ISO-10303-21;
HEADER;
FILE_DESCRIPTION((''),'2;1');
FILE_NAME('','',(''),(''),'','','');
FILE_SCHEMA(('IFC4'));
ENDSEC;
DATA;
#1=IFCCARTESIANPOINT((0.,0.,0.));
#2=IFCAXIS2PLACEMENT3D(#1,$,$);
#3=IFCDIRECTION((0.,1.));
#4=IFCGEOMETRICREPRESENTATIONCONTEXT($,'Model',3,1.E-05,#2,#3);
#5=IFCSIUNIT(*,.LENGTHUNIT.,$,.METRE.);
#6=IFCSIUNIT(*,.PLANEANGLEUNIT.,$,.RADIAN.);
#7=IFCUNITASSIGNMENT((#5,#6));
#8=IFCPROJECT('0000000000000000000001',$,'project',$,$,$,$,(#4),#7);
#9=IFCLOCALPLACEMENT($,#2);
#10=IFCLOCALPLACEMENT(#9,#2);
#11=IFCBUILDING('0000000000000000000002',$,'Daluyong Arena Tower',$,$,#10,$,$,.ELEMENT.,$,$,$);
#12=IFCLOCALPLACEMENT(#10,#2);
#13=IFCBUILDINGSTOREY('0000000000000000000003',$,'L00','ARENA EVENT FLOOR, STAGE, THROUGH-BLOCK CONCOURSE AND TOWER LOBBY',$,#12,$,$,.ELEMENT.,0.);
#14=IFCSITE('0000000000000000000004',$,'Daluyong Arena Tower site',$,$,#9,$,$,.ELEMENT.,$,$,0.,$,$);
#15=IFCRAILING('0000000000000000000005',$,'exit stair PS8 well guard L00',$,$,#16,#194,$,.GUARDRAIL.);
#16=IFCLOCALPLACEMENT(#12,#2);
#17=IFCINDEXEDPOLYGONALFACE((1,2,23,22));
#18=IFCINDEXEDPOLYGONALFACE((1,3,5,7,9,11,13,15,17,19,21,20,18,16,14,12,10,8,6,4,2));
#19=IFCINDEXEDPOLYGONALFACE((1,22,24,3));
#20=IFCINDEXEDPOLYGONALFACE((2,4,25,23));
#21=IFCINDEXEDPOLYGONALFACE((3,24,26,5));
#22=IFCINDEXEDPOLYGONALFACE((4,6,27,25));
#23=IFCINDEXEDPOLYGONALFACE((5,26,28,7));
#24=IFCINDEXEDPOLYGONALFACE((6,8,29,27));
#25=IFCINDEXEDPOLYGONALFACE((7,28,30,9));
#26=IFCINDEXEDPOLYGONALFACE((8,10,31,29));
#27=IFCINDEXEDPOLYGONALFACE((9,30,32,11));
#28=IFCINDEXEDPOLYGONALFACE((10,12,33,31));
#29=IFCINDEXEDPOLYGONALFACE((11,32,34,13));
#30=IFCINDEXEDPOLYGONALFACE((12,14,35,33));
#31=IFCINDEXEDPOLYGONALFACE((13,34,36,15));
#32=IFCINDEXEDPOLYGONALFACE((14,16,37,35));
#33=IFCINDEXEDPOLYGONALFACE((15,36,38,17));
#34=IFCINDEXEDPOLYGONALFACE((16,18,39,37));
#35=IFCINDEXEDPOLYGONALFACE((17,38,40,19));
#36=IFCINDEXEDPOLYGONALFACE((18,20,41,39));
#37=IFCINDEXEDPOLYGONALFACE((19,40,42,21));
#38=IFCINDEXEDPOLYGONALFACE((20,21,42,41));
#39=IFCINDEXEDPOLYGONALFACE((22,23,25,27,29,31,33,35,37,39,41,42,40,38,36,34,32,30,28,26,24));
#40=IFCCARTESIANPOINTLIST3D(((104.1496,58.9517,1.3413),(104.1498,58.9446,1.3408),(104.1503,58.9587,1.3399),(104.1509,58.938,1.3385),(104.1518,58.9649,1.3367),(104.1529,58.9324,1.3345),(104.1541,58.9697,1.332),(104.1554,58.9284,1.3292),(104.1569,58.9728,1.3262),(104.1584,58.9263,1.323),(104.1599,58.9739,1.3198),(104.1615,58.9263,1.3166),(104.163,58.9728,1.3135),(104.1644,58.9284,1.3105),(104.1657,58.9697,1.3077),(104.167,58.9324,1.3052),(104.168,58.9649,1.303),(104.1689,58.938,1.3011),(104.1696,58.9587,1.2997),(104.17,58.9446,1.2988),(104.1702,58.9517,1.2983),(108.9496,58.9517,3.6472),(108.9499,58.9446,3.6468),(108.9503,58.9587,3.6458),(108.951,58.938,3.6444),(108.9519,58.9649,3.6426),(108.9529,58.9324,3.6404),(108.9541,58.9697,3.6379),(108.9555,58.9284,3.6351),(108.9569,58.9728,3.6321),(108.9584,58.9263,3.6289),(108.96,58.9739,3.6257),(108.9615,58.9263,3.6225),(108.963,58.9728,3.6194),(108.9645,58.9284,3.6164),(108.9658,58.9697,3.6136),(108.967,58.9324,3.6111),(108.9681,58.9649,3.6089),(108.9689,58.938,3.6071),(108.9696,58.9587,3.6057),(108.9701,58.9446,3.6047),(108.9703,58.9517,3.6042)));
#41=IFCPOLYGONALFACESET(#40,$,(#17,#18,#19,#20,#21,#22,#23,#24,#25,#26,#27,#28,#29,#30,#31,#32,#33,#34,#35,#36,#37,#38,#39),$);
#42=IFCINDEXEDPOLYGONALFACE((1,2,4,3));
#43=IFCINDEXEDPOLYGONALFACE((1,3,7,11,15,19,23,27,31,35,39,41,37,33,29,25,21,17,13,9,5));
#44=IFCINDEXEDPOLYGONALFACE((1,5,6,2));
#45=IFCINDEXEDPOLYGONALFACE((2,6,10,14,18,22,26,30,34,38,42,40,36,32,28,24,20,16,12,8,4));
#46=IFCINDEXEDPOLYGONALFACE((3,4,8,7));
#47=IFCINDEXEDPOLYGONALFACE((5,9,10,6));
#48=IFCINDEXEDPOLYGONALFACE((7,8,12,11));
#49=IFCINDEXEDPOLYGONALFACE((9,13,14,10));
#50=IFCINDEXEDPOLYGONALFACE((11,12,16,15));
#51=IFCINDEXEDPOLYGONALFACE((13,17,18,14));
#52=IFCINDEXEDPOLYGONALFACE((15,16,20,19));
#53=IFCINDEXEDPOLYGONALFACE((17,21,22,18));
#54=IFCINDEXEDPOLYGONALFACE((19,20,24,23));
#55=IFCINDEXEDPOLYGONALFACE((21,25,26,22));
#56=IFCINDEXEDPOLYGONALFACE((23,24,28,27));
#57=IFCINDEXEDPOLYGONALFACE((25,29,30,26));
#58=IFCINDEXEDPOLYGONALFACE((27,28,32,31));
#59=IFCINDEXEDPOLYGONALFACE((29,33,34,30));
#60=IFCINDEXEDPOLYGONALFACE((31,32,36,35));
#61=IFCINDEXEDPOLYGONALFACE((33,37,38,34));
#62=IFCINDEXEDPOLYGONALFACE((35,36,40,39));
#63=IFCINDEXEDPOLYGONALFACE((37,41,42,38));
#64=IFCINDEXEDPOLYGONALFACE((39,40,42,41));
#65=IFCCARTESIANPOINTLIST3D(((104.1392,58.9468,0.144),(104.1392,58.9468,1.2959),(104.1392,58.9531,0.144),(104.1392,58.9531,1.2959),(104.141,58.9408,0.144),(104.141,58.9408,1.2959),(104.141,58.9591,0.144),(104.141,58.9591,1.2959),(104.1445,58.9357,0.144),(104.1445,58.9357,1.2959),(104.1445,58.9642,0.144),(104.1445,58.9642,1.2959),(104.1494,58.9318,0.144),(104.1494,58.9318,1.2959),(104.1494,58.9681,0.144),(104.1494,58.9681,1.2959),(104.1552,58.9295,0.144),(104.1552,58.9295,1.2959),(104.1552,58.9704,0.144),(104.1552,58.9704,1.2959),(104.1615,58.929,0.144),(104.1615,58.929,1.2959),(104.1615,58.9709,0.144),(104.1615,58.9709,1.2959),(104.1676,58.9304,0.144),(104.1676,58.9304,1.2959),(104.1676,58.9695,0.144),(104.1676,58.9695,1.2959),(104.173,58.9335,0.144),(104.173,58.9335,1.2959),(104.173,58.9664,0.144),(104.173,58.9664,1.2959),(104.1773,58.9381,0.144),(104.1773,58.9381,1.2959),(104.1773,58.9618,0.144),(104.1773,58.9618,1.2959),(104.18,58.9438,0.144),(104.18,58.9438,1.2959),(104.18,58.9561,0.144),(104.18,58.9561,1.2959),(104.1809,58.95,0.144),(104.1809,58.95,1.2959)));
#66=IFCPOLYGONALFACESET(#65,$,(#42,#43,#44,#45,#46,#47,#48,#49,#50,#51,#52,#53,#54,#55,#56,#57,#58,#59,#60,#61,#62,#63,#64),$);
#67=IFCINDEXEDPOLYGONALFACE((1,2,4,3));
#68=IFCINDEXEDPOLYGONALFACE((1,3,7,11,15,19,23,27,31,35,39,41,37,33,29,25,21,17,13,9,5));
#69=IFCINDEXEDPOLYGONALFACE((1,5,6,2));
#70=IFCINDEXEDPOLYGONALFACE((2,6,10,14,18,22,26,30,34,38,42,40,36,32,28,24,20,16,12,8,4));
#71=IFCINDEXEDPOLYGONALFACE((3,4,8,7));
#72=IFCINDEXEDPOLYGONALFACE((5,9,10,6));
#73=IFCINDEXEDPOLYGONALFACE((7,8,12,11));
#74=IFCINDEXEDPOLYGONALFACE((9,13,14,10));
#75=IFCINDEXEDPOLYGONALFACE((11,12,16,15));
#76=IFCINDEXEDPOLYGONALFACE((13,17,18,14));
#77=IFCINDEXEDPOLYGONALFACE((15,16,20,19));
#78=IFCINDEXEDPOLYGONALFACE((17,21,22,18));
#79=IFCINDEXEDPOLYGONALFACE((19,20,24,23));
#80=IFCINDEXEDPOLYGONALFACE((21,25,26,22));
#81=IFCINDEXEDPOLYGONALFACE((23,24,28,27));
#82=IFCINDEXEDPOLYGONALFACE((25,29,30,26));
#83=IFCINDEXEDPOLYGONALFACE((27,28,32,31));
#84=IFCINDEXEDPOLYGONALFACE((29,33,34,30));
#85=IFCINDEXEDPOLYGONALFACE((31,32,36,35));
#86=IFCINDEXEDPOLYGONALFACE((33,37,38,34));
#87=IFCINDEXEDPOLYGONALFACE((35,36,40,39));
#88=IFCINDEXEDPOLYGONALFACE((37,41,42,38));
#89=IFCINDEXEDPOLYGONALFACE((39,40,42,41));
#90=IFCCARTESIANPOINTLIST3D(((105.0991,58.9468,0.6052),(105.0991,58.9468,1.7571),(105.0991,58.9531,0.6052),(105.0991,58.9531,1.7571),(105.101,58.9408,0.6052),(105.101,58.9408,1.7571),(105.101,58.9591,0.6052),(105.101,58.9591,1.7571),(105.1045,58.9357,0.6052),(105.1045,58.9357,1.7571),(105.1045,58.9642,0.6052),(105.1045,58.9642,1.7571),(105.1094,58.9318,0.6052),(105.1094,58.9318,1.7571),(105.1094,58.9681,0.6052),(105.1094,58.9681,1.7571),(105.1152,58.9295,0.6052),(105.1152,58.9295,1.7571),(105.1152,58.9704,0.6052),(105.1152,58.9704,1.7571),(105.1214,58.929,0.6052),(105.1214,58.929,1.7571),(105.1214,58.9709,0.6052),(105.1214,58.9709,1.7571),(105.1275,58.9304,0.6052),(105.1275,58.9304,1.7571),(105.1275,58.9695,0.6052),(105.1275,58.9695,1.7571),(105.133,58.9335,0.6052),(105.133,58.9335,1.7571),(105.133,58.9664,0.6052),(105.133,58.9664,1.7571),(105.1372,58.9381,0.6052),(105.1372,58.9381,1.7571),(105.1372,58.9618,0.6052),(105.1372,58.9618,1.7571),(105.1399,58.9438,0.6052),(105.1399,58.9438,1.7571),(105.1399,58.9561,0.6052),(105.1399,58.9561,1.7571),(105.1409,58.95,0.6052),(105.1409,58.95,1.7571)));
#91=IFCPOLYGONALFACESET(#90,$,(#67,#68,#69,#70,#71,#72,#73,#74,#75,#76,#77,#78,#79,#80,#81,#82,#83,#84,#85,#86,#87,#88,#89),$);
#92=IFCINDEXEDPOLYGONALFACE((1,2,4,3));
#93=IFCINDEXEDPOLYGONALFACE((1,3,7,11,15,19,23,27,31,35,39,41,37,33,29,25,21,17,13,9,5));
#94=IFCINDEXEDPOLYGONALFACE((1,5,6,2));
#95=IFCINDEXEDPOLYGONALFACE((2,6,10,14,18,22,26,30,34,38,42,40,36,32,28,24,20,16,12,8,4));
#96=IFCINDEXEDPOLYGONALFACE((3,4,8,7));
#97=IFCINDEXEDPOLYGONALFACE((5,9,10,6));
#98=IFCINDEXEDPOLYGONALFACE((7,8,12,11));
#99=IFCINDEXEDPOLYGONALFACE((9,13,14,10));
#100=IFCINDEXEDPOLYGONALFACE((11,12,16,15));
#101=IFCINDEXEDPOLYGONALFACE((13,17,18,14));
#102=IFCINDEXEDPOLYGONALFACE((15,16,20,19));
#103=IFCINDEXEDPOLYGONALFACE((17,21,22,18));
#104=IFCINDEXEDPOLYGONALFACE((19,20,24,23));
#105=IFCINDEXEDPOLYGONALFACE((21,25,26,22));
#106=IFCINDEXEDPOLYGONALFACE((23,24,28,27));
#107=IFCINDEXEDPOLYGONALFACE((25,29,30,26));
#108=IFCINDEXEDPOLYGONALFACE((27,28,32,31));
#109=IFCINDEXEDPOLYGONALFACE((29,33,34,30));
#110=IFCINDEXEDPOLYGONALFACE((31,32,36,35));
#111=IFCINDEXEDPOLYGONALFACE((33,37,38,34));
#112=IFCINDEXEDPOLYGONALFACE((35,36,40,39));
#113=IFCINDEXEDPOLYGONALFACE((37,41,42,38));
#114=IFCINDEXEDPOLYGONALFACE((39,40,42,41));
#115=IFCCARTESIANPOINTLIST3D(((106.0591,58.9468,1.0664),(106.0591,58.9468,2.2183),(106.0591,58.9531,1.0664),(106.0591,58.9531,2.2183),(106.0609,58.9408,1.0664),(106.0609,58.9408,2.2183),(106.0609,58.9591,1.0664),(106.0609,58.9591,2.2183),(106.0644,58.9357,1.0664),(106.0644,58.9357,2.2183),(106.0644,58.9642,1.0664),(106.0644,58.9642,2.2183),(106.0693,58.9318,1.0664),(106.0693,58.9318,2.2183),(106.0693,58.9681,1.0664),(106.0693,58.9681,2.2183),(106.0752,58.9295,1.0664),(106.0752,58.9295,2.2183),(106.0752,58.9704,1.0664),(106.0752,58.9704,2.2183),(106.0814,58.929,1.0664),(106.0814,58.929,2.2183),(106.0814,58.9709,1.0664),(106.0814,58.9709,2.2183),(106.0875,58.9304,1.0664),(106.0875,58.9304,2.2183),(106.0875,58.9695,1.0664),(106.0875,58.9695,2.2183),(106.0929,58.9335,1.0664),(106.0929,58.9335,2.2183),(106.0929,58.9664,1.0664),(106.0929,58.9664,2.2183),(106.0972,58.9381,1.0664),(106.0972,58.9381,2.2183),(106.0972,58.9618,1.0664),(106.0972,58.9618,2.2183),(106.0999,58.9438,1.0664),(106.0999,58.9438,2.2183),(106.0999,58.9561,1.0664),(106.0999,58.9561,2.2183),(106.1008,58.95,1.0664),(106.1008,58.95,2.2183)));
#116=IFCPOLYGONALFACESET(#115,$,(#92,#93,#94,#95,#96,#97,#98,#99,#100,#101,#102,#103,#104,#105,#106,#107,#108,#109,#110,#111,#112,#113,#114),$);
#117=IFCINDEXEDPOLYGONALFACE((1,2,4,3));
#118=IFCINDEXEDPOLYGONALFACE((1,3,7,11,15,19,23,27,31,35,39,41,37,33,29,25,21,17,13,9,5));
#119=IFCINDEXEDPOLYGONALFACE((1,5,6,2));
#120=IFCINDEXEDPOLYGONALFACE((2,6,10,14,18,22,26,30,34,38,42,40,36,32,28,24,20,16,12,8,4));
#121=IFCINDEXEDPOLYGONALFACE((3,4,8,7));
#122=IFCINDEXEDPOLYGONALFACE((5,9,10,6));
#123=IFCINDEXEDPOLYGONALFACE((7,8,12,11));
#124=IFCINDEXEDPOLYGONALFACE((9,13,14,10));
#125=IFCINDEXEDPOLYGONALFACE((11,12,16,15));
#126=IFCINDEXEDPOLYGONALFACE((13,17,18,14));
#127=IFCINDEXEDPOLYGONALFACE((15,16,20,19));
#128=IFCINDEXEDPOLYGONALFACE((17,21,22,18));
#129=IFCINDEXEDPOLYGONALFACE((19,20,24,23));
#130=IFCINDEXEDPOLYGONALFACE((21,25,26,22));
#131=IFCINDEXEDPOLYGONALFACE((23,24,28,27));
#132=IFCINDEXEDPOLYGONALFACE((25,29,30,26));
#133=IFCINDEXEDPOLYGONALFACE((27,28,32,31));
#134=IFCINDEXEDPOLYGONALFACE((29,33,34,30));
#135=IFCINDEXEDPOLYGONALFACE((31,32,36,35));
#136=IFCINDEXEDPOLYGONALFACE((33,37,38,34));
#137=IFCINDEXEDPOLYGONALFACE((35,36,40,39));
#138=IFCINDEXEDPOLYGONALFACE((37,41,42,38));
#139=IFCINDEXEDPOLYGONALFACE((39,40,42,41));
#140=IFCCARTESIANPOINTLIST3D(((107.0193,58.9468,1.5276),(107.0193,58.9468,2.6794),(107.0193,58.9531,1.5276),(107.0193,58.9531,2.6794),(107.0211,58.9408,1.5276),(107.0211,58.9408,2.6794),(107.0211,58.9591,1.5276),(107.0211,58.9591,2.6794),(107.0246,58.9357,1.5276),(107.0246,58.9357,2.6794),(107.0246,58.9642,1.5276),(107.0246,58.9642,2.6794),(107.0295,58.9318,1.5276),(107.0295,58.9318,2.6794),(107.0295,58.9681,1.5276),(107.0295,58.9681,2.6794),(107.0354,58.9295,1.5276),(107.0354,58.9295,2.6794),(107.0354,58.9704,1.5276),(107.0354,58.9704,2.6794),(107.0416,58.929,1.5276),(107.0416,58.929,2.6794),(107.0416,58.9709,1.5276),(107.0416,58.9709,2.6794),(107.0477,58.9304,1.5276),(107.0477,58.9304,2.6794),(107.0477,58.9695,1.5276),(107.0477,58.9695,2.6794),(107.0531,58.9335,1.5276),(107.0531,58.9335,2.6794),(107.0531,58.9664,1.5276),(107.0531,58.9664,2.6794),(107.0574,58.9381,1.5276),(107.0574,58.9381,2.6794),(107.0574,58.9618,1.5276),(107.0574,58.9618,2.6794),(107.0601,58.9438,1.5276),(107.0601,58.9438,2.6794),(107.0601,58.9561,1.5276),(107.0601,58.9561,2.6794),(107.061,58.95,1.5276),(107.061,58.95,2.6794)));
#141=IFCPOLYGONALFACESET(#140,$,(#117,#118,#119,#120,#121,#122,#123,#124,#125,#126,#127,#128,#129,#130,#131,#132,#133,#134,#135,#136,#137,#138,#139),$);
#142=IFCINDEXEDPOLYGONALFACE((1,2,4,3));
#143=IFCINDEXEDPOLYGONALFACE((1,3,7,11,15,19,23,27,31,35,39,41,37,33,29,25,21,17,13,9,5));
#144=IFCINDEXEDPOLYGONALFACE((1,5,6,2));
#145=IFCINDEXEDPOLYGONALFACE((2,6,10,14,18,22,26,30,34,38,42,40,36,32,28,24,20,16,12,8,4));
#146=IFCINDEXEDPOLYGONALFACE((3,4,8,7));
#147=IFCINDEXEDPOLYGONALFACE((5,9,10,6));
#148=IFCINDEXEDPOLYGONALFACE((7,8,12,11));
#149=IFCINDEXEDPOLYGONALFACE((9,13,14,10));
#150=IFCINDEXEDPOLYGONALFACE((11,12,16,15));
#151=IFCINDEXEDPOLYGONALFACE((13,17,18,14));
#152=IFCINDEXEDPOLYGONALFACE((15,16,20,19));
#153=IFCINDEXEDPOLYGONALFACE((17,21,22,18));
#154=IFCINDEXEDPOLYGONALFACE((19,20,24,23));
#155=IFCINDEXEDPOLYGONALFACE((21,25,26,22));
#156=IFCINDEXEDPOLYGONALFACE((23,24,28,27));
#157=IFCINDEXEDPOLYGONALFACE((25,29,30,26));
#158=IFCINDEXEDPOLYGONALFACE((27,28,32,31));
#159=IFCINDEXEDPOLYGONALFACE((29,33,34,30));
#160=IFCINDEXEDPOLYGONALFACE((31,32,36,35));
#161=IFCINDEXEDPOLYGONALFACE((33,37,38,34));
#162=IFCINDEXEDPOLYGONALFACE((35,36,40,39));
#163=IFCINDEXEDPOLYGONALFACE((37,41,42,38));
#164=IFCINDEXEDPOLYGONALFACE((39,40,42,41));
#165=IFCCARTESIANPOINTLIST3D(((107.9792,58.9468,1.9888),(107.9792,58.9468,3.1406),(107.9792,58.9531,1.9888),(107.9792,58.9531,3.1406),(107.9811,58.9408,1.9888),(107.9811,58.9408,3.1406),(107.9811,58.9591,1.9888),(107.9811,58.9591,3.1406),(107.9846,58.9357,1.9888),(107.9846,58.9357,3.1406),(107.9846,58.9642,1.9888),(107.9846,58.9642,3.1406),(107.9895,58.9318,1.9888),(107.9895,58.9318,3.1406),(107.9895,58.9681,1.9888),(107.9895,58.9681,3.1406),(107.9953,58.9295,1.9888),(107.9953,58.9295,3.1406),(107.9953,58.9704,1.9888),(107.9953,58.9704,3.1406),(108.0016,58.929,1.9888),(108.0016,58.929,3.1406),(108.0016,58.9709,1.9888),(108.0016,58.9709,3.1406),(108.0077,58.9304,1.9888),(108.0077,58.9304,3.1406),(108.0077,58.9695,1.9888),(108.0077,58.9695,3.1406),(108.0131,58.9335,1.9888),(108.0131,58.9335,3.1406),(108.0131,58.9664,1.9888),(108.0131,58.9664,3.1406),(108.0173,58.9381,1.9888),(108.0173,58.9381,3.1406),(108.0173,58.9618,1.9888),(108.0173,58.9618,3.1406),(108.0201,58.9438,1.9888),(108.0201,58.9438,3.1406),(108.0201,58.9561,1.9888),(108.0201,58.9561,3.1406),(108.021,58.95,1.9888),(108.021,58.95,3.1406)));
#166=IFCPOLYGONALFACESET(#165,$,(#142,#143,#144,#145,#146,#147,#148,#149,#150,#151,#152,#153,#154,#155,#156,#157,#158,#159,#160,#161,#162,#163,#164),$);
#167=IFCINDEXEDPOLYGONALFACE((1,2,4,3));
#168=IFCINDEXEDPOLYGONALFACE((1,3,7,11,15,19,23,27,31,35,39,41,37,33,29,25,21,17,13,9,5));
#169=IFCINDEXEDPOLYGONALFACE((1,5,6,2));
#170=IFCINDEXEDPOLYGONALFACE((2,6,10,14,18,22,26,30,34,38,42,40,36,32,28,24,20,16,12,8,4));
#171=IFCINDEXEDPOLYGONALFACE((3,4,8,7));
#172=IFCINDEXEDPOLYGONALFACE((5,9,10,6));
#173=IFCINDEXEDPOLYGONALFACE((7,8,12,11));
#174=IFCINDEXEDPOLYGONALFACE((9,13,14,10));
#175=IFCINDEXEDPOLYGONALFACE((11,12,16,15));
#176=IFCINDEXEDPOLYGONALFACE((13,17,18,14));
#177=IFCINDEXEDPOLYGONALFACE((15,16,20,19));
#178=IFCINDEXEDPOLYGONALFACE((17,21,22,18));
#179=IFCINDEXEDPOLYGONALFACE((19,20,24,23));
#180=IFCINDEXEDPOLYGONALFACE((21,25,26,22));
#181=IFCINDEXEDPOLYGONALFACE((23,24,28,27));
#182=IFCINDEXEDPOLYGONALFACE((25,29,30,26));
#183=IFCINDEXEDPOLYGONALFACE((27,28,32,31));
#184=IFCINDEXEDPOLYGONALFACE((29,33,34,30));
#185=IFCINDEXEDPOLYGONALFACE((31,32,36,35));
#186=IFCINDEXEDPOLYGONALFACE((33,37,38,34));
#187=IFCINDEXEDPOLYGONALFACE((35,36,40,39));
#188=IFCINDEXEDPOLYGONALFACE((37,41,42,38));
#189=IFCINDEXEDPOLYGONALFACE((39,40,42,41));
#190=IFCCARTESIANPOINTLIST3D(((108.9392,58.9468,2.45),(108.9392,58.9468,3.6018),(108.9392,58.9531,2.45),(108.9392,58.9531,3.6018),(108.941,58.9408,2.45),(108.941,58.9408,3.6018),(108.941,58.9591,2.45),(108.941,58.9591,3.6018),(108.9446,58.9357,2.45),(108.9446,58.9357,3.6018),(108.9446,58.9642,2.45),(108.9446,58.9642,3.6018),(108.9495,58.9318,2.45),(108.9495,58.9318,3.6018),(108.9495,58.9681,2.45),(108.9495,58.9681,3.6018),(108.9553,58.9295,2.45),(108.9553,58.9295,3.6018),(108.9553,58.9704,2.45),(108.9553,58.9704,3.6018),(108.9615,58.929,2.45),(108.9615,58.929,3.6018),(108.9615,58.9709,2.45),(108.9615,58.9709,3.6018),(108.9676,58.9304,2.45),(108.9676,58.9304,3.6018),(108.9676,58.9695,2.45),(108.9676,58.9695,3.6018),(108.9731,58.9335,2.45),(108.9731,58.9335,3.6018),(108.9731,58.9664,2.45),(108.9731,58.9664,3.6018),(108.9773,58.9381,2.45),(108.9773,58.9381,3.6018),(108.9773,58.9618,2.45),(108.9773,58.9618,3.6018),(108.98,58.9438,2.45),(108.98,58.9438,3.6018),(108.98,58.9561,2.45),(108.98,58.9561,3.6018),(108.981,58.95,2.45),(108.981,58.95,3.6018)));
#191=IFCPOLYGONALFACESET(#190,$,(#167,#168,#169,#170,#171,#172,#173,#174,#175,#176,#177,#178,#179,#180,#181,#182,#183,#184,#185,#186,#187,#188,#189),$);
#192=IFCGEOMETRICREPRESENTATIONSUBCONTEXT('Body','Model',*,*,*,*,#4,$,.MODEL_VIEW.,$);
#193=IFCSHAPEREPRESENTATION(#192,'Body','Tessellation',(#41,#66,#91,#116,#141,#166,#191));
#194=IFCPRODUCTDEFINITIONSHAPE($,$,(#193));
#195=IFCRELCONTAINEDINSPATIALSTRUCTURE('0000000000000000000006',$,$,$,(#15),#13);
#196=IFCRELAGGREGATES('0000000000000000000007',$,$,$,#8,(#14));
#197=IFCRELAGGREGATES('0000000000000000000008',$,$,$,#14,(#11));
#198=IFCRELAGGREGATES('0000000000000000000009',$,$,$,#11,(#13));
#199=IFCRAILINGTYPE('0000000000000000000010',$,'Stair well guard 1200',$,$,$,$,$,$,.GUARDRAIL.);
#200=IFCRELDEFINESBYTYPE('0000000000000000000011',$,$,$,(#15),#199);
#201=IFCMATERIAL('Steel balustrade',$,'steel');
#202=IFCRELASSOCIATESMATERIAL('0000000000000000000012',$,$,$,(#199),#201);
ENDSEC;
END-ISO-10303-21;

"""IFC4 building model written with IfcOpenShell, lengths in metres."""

from ifc_helpers import new_model, si_unit, direction, frame, origin, origin_2d, place, context, subcontext, project, spatial, circle, extrude, material, type_object, element, save


model = new_model("IFC4")

# Units and contexts
model_context = context("Model", 3, precision=1e-05, world=origin(), true_north=direction((0.0, 1.0)))
body_context = subcontext(model_context, "Body", "Model", "MODEL_VIEW")
ifc_project = project(units=[si_unit("LENGTHUNIT", "METRE"), si_unit("PLANEANGLEUNIT", "RADIAN")], contexts=[model_context])

# Site, building, storey
site_placement = place(None, origin())
site = spatial("IfcSite", under=ifc_project, at=site_placement, Name="Daluyong Arena Tower site", CompositionType="ELEMENT", RefElevation=0.0)
building_placement = place(site_placement, origin())
building = spatial("IfcBuilding", under=site, at=building_placement, Name="Daluyong Arena Tower", CompositionType="ELEMENT")
storey_placement = place(building_placement, origin())
storey = spatial("IfcBuildingStorey", under=building, at=storey_placement, Name="L00", Description="ARENA EVENT FLOOR, STAGE, THROUGH-BLOCK CONCOURSE AND TOWER LOBBY", CompositionType="ELEMENT", Elevation=0.0)

# Railing
ifc_material_1 = material(Name="Steel balustrade", Category="steel")
railing_type_1 = type_object("IfcRailingType", Name="Stair well guard 1200", PredefinedType="GUARDRAIL", material=ifc_material_1)
railing_1_placement = place(storey_placement, frame((104.1599, 58.95, 0.144)))
element("IfcRailing", 1, at=railing_1_placement, inside=storey, type_object=railing_type_1, Name="exit stair PS8 well guard L00", PredefinedType="GUARDRAIL", context=body_context, shape_type="SweptSolid", body=[
    extrude(circle(Radius=0.0239, at=origin_2d()), frame((0.0, 0.0, 1.1758), z_axis=(0.901385, 0.0, 0.433019), x_axis=(0.0, 1.0, 0.0)), (0.0, 0.0, 1.0), 5.3252),
    extrude(circle(Radius=0.021, at=origin_2d()), origin(), (0.0, 0.0, 1.0), 1.1519),
    extrude(circle(Radius=0.021, at=origin_2d()), frame((0.96, 0.0, 0.4612)), (0.0, 0.0, 1.0), 1.1519),
    extrude(circle(Radius=0.021, at=origin_2d()), frame((1.9199, 0.0, 0.9224)), (0.0, 0.0, 1.0), 1.1519),
    extrude(circle(Radius=0.021, at=origin_2d()), frame((2.8801, 0.0, 1.3835)), (0.0, 0.0, 1.0), 1.1519),
    extrude(circle(Radius=0.021, at=origin_2d()), frame((3.8401, 0.0, 1.8447)), (0.0, 0.0, 1.0), 1.1519),
    extrude(circle(Radius=0.021, at=origin_2d()), frame((4.8, 0.0, 2.3059)), (0.0, 0.0, 1.0), 1.1519),
])

save(model, "model.ifc")
